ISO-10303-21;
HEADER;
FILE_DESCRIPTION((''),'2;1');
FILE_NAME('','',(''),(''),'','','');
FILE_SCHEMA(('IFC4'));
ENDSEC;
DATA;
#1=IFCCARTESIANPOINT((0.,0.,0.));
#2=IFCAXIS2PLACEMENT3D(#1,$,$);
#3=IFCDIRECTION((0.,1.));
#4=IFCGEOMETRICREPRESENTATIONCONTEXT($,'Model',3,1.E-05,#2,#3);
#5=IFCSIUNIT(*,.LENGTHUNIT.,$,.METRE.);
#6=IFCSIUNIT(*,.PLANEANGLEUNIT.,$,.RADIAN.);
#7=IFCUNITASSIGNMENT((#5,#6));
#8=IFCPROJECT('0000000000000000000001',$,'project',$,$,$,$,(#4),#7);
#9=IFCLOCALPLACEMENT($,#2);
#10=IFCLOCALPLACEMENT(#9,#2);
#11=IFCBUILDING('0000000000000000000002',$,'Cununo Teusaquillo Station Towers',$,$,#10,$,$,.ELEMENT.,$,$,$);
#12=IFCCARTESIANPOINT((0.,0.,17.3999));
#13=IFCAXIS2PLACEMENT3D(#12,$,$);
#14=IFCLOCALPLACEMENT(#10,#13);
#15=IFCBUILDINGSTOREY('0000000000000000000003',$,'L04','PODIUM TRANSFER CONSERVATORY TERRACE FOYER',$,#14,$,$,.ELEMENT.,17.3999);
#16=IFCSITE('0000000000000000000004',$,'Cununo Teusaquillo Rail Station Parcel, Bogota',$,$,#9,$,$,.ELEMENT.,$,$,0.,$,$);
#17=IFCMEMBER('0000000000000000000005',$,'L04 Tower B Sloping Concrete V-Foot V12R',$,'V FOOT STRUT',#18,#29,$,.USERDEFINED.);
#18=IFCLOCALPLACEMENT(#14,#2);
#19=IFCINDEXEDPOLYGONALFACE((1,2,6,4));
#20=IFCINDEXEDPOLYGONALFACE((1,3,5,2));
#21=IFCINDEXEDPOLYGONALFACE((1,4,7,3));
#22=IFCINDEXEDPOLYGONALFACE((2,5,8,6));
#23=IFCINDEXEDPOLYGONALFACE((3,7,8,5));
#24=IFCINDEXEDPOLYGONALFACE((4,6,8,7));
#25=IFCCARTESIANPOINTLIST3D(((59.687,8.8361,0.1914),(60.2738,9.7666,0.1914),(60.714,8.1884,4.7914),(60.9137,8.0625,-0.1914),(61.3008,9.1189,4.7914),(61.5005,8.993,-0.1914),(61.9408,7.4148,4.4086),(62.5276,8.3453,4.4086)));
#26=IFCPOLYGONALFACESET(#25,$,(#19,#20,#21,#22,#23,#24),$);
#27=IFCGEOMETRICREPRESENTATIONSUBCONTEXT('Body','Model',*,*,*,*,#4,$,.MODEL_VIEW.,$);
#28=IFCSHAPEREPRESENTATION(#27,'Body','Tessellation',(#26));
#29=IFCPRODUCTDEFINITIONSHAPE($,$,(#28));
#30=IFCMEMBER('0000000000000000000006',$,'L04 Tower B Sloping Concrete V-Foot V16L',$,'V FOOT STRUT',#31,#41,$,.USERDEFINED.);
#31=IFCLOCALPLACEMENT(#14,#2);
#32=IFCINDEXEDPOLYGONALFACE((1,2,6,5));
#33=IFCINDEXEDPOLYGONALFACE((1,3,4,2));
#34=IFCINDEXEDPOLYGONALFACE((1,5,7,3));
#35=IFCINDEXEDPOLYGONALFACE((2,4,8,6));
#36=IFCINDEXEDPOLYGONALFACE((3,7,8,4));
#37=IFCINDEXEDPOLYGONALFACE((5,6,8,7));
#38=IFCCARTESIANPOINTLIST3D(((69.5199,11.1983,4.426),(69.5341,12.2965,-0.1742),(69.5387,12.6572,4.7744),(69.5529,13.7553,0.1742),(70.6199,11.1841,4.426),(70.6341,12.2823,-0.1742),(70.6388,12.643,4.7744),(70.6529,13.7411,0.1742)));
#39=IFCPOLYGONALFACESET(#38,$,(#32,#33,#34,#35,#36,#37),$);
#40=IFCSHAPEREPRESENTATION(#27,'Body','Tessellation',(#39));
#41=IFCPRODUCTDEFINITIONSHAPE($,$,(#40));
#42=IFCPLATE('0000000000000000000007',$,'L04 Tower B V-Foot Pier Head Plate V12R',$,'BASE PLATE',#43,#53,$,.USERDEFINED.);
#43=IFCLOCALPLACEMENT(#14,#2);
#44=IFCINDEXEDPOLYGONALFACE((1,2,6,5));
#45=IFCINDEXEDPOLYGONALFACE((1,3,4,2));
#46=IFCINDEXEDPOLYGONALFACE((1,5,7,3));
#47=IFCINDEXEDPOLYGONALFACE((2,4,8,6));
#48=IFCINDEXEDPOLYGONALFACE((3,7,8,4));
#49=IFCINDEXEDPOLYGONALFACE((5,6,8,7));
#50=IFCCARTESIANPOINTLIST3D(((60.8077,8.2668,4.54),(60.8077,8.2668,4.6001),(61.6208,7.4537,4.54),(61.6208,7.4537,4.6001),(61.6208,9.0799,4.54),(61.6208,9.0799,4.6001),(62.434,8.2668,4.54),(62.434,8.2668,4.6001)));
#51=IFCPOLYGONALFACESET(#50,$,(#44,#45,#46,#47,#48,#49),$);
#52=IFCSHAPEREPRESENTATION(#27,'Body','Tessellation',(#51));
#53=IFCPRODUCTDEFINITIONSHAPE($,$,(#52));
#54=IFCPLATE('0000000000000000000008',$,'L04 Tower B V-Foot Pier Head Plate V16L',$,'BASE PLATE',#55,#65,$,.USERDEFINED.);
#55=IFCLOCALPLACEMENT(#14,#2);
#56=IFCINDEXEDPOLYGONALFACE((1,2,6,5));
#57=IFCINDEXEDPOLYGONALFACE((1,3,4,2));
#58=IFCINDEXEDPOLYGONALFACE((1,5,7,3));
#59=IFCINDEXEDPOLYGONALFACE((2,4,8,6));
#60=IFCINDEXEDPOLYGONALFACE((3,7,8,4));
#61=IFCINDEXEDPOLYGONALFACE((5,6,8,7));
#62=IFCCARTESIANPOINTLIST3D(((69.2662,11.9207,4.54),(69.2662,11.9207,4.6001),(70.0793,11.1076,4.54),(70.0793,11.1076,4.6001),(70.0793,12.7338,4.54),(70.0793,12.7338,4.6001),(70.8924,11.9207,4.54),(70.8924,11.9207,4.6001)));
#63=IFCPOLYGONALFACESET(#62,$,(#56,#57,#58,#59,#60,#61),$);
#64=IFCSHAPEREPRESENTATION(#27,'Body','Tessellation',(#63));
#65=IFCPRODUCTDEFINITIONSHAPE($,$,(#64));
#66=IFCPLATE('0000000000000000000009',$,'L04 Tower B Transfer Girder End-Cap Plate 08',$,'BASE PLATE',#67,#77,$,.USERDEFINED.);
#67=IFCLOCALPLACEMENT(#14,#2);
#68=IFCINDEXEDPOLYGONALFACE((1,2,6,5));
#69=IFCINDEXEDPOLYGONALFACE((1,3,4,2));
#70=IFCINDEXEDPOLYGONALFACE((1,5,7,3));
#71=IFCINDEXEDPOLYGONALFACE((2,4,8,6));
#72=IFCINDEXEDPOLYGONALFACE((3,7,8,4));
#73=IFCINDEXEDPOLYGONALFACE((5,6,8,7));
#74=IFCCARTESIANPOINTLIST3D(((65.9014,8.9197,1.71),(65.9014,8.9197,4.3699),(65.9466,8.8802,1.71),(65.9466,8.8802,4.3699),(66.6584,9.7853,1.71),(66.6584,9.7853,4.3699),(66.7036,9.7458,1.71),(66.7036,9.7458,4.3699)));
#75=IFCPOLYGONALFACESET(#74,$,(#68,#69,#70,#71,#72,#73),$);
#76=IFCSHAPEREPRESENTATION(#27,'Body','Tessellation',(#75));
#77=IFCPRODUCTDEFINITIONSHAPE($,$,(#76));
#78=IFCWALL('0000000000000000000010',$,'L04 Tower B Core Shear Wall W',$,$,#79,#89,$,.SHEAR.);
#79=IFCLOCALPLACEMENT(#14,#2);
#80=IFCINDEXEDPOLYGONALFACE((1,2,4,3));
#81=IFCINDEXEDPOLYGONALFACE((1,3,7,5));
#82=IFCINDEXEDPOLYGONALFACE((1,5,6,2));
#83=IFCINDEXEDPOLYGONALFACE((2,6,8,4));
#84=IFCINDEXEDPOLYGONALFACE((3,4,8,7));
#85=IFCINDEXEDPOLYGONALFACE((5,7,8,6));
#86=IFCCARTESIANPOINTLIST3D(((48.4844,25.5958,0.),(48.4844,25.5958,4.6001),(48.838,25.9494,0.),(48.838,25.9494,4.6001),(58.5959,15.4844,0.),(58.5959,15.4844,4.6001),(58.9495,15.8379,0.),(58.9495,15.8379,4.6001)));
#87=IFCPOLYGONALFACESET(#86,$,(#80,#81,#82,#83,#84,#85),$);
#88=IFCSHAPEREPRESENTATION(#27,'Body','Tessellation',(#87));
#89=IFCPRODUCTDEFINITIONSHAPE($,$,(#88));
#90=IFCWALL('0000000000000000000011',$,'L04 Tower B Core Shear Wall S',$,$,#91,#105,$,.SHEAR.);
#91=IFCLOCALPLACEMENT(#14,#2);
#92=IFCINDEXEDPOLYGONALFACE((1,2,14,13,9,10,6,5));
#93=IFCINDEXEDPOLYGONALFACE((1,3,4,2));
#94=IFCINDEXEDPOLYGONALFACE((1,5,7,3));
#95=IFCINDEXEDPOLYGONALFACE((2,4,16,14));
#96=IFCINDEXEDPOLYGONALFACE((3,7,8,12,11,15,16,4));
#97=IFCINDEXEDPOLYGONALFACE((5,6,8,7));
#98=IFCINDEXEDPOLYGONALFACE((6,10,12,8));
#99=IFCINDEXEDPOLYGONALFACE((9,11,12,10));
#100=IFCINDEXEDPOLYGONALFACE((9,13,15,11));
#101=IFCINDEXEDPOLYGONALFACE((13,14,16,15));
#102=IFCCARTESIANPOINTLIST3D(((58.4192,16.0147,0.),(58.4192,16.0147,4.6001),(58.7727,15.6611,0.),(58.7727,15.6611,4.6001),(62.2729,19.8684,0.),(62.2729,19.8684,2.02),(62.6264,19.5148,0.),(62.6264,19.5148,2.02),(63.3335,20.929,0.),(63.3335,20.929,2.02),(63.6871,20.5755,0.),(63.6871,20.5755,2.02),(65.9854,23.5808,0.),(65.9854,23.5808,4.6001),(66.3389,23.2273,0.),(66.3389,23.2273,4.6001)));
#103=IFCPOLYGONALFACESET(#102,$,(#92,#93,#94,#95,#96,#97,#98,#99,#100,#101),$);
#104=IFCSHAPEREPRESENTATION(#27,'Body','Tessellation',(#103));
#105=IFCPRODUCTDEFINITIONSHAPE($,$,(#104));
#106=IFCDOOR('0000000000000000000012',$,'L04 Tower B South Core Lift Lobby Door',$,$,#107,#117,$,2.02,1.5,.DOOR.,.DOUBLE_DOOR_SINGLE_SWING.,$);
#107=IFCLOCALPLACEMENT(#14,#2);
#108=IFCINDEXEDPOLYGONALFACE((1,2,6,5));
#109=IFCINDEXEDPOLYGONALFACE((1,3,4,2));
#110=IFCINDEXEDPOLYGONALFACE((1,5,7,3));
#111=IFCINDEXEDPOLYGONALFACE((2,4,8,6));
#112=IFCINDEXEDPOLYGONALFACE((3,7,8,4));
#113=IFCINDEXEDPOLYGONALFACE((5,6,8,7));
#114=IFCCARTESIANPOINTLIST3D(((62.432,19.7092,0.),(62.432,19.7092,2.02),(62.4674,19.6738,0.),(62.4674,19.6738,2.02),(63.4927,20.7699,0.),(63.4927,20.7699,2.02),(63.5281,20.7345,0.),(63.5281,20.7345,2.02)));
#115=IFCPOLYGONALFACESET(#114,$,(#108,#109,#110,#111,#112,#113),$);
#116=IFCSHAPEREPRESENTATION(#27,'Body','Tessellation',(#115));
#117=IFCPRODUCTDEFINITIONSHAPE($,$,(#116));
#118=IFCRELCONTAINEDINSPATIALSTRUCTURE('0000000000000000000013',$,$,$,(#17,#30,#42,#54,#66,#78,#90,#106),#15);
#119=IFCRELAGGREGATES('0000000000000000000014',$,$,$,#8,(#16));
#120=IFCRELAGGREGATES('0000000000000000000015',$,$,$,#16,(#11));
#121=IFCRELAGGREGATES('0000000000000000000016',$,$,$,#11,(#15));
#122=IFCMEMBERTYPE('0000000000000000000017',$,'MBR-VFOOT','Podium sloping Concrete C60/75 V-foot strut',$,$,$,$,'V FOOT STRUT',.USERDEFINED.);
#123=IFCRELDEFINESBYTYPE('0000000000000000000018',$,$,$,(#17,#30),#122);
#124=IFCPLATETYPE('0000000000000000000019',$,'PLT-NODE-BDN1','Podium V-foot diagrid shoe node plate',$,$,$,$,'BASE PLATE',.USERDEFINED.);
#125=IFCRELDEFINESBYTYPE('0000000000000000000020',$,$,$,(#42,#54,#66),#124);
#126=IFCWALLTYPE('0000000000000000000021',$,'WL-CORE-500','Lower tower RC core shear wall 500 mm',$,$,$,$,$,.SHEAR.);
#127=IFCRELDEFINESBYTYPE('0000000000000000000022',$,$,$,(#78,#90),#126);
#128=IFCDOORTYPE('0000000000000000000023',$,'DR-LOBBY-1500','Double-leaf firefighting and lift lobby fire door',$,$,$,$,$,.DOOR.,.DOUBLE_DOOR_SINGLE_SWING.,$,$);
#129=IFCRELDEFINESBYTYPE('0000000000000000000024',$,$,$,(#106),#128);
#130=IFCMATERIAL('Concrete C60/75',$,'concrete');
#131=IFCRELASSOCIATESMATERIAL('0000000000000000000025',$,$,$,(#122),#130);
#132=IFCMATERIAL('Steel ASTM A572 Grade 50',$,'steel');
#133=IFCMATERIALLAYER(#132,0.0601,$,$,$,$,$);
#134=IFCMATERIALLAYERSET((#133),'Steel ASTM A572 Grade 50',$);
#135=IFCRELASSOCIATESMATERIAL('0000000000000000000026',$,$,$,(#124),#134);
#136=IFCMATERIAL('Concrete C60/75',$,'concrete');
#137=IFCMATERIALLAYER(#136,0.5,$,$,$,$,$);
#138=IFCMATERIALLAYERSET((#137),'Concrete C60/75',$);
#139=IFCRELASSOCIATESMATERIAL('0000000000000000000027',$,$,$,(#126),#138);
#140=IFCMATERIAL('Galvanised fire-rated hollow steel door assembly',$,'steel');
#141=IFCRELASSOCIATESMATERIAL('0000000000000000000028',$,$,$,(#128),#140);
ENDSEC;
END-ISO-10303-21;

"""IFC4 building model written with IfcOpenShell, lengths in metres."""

from ifc_helpers import new_model, si_unit, direction, frame, frame_2d, origin, origin_2d, place, context, subcontext, project, spatial, rectangle, extrude, source, transform, mapped, material, layer, layer_set, material_profile, profile_set, type_object, element, fill, save


model = new_model("IFC4")

# Units and contexts
model_context = context("Model", 3, precision=1e-05, world=origin(), true_north=direction((0.0, 1.0)))
body_context = subcontext(model_context, "Body", "Model", "MODEL_VIEW")
ifc_project = project(units=[si_unit("LENGTHUNIT", "METRE"), si_unit("PLANEANGLEUNIT", "RADIAN")], contexts=[model_context])

# Site, building, storey
site_placement = place(None, origin())
site = spatial("IfcSite", under=ifc_project, at=site_placement, Name="Cununo Teusaquillo Rail Station Parcel, Bogota", CompositionType="ELEMENT", RefElevation=0.0)
building_placement = place(site_placement, origin())
building = spatial("IfcBuilding", under=site, at=building_placement, Name="Cununo Teusaquillo Station Towers", CompositionType="ELEMENT")
storey_placement = place(building_placement, frame((0.0, 0.0, 17.3999)))
storey = spatial("IfcBuildingStorey", under=building, at=storey_placement, Name="L04", Description="PODIUM TRANSFER CONSERVATORY TERRACE FOYER", CompositionType="ELEMENT", Elevation=17.3999)

# Members
ifc_material_1 = material(Name="Concrete C60/75", Category="concrete")
ifc_material_profile_1 = material_profile(ifc_material_1, rectangle(XDim=1.1001, YDim=1.5, at=origin_2d()), Name="RC-RECT-1500x1100")
ifc_profile_set_1 = profile_set([ifc_material_profile_1], Name="Concrete C60/75")
member_type = type_object("IfcMemberType", Name="MBR-VFOOT", Description="Podium sloping Concrete C60/75 V-foot strut", ElementType="V FOOT STRUT", PredefinedType="USERDEFINED", material=ifc_profile_set_1)
member_1_placement = place(storey_placement, frame((60.5938, 8.9146, 0.0), z_axis=(0.215883, -0.136139, 0.966882), x_axis=(0.53341, 0.845857, 0.0)))
element("IfcMember", 1, at=member_1_placement, inside=storey, type_object=member_type, Name="L04 Tower B Sloping Concrete V-Foot V12R", ObjectType="V FOOT STRUT", PredefinedType="USERDEFINED", context=body_context, shape_type="SweptSolid", body=[
    extrude(rectangle(XDim=1.1001, YDim=1.5, at=origin_2d()), origin(), (0.0, 0.0, 1.0), 4.7576),
])
member_2_placement = place(storey_placement, frame((70.0935, 13.0188, 0.0), z_axis=(-0.002994, -0.232196, 0.972664), x_axis=(0.999917, -0.012894, 0.0)))
element("IfcMember", 2, at=member_2_placement, inside=storey, type_object=member_type, Name="L04 Tower B Sloping Concrete V-Foot V16L", ObjectType="V FOOT STRUT", PredefinedType="USERDEFINED", context=body_context, shape_type="SweptSolid", body=[
    extrude(rectangle(XDim=1.1001, YDim=1.5, at=origin_2d()), origin(), (0.0, 0.0, 1.0), 4.7295),
])

# Plates
ifc_material_2 = material(Name="Steel ASTM A572 Grade 50", Category="steel")
ifc_layer_1 = layer(ifc_material_2, 0.0601)
ifc_layer_set_1 = layer_set([ifc_layer_1], Name="Steel ASTM A572 Grade 50")
plate_type = type_object("IfcPlateType", Name="PLT-NODE-BDN1", Description="Podium V-foot diagrid shoe node plate", ElementType="BASE PLATE", PredefinedType="USERDEFINED", material=ifc_layer_set_1)
shared_shape_1 = source(origin(), body_context, "Body", "SweptSolid", [
    extrude(rectangle(XDim=1.1499, YDim=1.1499, at=origin_2d()), origin(), (0.0, 0.0, 1.0), 0.0601),
])
for number, where, z_axis, x_axis, name in (
    (3, (61.6208, 8.2668, 4.54), (0.0, 0.0, 1.0), (0.707107, 0.707107, 0.0), "L04 Tower B V-Foot Pier Head Plate V12R"),
    (4, (70.0793, 11.9207, 4.54), (0.0, 0.0, 1.0), (0.707107, 0.707107, 0.0), "L04 Tower B V-Foot Pier Head Plate V16L"),
):
    element("IfcPlate", number, at=place(storey_placement, frame(where, z_axis=z_axis, x_axis=x_axis)), inside=storey, type_object=plate_type, Name=name, ObjectType="BASE PLATE", PredefinedType="USERDEFINED", context=body_context, shape_type="MappedRepresentation", body=[
        mapped(shared_shape_1, transform((0.0, 0.0, 0.0), x_axis=(1.0, 0.0, 0.0), y_axis=(0.0, 1.0, 0.0), z_axis=(0.0, 0.0, 1.0), scale=1.0)),
    ])
shared_shape_2 = source(origin(), body_context, "Body", "SweptSolid", [
    extrude(rectangle(XDim=0.0601, YDim=1.1499, at=origin_2d()), origin(), (0.0, 0.0, 1.0), 2.6599),
])
plate_placement = place(storey_placement, frame((66.3025, 9.3328, 1.71), z_axis=(0.0, 0.0, 1.0), x_axis=(0.75276, -0.658295, 0.0)))
element("IfcPlate", 5, at=plate_placement, inside=storey, type_object=plate_type, Name="L04 Tower B Transfer Girder End-Cap Plate 08", ObjectType="BASE PLATE", PredefinedType="USERDEFINED", context=body_context, shape_type="MappedRepresentation", body=[
    mapped(shared_shape_2, transform((0.0, 0.0, 0.0), x_axis=(1.0, 0.0, 0.0), y_axis=(0.0, 1.0, 0.0), z_axis=(0.0, 0.0, 1.0), scale=1.0)),
])

# Wall
ifc_material_3 = material(Name="Concrete C60/75", Category="concrete")
ifc_layer_2 = layer(ifc_material_3, 0.5)
ifc_layer_set_2 = layer_set([ifc_layer_2], Name="Concrete C60/75")
wall_type = type_object("IfcWallType", Name="WL-CORE-500", Description="Lower tower RC core shear wall 500 mm", PredefinedType="SHEAR", material=ifc_layer_set_2)
wall_1_placement = place(storey_placement, frame((58.7727, 15.6611, 0.0), z_axis=(0.0, 0.0, 1.0), x_axis=(-0.707107, 0.707107, 0.0)))
element("IfcWall", 6, at=wall_1_placement, inside=storey, type_object=wall_type, Name="L04 Tower B Core Shear Wall W", PredefinedType="SHEAR", context=body_context, shape_type="SweptSolid", body=[
    extrude(rectangle(XDim=14.2998, YDim=0.5, at=frame_2d((7.1499, 0.0))), origin(), (0.0, 0.0, 1.0), 4.6001),
])

# Wall, opening, door
wall_2_placement = place(storey_placement, frame((58.5959, 15.8379, 0.0), z_axis=(0.0, 0.0, 1.0), x_axis=(0.707107, 0.707107, 0.0)))
wall_2 = element("IfcWall", 7, at=wall_2_placement, inside=storey, type_object=wall_type, Name="L04 Tower B Core Shear Wall S", PredefinedType="SHEAR", context=body_context, shape_type="SweptSolid", body=[
    extrude(rectangle(XDim=10.7002, YDim=0.5, at=frame_2d((5.3501, 0.0))), origin(), (0.0, 0.0, 1.0), 4.6001),
])
shared_shape_3 = source(origin(), body_context, "Body", "SweptSolid", [
    extrude(rectangle(XDim=1.5, YDim=2.02, at=frame_2d((0.75, 1.01))), frame((0.0, 0.26, 0.0), z_axis=(0.0, -1.0, 0.0), x_axis=(1.0, 0.0, 0.0)), (0.0, 0.0, 1.0), 0.52),
])
opening_placement = place(wall_2_placement, frame((5.45, 0.0, 0.0)))
opening = element("IfcOpeningElement", 8, at=opening_placement, cuts=wall_2, PredefinedType="OPENING", context=body_context, shape_type="MappedRepresentation", body=[
    mapped(shared_shape_3, transform((0.0, 0.0, 0.0), x_axis=(1.0, 0.0, 0.0), y_axis=(0.0, 1.0, 0.0), z_axis=(0.0, 0.0, 1.0), scale=1.0)),
])
ifc_material_4 = material(Name="Galvanised fire-rated hollow steel door assembly", Category="steel")
door_type = type_object("IfcDoorType", Name="DR-LOBBY-1500", Description="Double-leaf firefighting and lift lobby fire door", OperationType="DOUBLE_DOOR_SINGLE_SWING", PredefinedType="DOOR", material=ifc_material_4)
shared_shape_4 = source(origin(), body_context, "Body", "SweptSolid", [
    extrude(rectangle(XDim=1.5, YDim=2.02, at=frame_2d((0.75, 1.01))), frame((0.0, 0.0249, 0.0), z_axis=(0.0, -1.0, 0.0), x_axis=(1.0, 0.0, 0.0)), (0.0, 0.0, 1.0), 0.05),
])
door_placement = place(opening_placement, origin())
door = element("IfcDoor", 9, at=door_placement, inside=storey, type_object=door_type, Name="L04 Tower B South Core Lift Lobby Door", OperationType="DOUBLE_DOOR_SINGLE_SWING", OverallHeight=2.02, OverallWidth=1.5, PredefinedType="DOOR", context=body_context, shape_type="MappedRepresentation", body=[
    mapped(shared_shape_4, transform((0.0, 0.0, 0.0), x_axis=(1.0, 0.0, 0.0), y_axis=(0.0, 1.0, 0.0), z_axis=(0.0, 0.0, 1.0), scale=1.0)),
])
fill(opening, door)

save(model, "model.ifc")
